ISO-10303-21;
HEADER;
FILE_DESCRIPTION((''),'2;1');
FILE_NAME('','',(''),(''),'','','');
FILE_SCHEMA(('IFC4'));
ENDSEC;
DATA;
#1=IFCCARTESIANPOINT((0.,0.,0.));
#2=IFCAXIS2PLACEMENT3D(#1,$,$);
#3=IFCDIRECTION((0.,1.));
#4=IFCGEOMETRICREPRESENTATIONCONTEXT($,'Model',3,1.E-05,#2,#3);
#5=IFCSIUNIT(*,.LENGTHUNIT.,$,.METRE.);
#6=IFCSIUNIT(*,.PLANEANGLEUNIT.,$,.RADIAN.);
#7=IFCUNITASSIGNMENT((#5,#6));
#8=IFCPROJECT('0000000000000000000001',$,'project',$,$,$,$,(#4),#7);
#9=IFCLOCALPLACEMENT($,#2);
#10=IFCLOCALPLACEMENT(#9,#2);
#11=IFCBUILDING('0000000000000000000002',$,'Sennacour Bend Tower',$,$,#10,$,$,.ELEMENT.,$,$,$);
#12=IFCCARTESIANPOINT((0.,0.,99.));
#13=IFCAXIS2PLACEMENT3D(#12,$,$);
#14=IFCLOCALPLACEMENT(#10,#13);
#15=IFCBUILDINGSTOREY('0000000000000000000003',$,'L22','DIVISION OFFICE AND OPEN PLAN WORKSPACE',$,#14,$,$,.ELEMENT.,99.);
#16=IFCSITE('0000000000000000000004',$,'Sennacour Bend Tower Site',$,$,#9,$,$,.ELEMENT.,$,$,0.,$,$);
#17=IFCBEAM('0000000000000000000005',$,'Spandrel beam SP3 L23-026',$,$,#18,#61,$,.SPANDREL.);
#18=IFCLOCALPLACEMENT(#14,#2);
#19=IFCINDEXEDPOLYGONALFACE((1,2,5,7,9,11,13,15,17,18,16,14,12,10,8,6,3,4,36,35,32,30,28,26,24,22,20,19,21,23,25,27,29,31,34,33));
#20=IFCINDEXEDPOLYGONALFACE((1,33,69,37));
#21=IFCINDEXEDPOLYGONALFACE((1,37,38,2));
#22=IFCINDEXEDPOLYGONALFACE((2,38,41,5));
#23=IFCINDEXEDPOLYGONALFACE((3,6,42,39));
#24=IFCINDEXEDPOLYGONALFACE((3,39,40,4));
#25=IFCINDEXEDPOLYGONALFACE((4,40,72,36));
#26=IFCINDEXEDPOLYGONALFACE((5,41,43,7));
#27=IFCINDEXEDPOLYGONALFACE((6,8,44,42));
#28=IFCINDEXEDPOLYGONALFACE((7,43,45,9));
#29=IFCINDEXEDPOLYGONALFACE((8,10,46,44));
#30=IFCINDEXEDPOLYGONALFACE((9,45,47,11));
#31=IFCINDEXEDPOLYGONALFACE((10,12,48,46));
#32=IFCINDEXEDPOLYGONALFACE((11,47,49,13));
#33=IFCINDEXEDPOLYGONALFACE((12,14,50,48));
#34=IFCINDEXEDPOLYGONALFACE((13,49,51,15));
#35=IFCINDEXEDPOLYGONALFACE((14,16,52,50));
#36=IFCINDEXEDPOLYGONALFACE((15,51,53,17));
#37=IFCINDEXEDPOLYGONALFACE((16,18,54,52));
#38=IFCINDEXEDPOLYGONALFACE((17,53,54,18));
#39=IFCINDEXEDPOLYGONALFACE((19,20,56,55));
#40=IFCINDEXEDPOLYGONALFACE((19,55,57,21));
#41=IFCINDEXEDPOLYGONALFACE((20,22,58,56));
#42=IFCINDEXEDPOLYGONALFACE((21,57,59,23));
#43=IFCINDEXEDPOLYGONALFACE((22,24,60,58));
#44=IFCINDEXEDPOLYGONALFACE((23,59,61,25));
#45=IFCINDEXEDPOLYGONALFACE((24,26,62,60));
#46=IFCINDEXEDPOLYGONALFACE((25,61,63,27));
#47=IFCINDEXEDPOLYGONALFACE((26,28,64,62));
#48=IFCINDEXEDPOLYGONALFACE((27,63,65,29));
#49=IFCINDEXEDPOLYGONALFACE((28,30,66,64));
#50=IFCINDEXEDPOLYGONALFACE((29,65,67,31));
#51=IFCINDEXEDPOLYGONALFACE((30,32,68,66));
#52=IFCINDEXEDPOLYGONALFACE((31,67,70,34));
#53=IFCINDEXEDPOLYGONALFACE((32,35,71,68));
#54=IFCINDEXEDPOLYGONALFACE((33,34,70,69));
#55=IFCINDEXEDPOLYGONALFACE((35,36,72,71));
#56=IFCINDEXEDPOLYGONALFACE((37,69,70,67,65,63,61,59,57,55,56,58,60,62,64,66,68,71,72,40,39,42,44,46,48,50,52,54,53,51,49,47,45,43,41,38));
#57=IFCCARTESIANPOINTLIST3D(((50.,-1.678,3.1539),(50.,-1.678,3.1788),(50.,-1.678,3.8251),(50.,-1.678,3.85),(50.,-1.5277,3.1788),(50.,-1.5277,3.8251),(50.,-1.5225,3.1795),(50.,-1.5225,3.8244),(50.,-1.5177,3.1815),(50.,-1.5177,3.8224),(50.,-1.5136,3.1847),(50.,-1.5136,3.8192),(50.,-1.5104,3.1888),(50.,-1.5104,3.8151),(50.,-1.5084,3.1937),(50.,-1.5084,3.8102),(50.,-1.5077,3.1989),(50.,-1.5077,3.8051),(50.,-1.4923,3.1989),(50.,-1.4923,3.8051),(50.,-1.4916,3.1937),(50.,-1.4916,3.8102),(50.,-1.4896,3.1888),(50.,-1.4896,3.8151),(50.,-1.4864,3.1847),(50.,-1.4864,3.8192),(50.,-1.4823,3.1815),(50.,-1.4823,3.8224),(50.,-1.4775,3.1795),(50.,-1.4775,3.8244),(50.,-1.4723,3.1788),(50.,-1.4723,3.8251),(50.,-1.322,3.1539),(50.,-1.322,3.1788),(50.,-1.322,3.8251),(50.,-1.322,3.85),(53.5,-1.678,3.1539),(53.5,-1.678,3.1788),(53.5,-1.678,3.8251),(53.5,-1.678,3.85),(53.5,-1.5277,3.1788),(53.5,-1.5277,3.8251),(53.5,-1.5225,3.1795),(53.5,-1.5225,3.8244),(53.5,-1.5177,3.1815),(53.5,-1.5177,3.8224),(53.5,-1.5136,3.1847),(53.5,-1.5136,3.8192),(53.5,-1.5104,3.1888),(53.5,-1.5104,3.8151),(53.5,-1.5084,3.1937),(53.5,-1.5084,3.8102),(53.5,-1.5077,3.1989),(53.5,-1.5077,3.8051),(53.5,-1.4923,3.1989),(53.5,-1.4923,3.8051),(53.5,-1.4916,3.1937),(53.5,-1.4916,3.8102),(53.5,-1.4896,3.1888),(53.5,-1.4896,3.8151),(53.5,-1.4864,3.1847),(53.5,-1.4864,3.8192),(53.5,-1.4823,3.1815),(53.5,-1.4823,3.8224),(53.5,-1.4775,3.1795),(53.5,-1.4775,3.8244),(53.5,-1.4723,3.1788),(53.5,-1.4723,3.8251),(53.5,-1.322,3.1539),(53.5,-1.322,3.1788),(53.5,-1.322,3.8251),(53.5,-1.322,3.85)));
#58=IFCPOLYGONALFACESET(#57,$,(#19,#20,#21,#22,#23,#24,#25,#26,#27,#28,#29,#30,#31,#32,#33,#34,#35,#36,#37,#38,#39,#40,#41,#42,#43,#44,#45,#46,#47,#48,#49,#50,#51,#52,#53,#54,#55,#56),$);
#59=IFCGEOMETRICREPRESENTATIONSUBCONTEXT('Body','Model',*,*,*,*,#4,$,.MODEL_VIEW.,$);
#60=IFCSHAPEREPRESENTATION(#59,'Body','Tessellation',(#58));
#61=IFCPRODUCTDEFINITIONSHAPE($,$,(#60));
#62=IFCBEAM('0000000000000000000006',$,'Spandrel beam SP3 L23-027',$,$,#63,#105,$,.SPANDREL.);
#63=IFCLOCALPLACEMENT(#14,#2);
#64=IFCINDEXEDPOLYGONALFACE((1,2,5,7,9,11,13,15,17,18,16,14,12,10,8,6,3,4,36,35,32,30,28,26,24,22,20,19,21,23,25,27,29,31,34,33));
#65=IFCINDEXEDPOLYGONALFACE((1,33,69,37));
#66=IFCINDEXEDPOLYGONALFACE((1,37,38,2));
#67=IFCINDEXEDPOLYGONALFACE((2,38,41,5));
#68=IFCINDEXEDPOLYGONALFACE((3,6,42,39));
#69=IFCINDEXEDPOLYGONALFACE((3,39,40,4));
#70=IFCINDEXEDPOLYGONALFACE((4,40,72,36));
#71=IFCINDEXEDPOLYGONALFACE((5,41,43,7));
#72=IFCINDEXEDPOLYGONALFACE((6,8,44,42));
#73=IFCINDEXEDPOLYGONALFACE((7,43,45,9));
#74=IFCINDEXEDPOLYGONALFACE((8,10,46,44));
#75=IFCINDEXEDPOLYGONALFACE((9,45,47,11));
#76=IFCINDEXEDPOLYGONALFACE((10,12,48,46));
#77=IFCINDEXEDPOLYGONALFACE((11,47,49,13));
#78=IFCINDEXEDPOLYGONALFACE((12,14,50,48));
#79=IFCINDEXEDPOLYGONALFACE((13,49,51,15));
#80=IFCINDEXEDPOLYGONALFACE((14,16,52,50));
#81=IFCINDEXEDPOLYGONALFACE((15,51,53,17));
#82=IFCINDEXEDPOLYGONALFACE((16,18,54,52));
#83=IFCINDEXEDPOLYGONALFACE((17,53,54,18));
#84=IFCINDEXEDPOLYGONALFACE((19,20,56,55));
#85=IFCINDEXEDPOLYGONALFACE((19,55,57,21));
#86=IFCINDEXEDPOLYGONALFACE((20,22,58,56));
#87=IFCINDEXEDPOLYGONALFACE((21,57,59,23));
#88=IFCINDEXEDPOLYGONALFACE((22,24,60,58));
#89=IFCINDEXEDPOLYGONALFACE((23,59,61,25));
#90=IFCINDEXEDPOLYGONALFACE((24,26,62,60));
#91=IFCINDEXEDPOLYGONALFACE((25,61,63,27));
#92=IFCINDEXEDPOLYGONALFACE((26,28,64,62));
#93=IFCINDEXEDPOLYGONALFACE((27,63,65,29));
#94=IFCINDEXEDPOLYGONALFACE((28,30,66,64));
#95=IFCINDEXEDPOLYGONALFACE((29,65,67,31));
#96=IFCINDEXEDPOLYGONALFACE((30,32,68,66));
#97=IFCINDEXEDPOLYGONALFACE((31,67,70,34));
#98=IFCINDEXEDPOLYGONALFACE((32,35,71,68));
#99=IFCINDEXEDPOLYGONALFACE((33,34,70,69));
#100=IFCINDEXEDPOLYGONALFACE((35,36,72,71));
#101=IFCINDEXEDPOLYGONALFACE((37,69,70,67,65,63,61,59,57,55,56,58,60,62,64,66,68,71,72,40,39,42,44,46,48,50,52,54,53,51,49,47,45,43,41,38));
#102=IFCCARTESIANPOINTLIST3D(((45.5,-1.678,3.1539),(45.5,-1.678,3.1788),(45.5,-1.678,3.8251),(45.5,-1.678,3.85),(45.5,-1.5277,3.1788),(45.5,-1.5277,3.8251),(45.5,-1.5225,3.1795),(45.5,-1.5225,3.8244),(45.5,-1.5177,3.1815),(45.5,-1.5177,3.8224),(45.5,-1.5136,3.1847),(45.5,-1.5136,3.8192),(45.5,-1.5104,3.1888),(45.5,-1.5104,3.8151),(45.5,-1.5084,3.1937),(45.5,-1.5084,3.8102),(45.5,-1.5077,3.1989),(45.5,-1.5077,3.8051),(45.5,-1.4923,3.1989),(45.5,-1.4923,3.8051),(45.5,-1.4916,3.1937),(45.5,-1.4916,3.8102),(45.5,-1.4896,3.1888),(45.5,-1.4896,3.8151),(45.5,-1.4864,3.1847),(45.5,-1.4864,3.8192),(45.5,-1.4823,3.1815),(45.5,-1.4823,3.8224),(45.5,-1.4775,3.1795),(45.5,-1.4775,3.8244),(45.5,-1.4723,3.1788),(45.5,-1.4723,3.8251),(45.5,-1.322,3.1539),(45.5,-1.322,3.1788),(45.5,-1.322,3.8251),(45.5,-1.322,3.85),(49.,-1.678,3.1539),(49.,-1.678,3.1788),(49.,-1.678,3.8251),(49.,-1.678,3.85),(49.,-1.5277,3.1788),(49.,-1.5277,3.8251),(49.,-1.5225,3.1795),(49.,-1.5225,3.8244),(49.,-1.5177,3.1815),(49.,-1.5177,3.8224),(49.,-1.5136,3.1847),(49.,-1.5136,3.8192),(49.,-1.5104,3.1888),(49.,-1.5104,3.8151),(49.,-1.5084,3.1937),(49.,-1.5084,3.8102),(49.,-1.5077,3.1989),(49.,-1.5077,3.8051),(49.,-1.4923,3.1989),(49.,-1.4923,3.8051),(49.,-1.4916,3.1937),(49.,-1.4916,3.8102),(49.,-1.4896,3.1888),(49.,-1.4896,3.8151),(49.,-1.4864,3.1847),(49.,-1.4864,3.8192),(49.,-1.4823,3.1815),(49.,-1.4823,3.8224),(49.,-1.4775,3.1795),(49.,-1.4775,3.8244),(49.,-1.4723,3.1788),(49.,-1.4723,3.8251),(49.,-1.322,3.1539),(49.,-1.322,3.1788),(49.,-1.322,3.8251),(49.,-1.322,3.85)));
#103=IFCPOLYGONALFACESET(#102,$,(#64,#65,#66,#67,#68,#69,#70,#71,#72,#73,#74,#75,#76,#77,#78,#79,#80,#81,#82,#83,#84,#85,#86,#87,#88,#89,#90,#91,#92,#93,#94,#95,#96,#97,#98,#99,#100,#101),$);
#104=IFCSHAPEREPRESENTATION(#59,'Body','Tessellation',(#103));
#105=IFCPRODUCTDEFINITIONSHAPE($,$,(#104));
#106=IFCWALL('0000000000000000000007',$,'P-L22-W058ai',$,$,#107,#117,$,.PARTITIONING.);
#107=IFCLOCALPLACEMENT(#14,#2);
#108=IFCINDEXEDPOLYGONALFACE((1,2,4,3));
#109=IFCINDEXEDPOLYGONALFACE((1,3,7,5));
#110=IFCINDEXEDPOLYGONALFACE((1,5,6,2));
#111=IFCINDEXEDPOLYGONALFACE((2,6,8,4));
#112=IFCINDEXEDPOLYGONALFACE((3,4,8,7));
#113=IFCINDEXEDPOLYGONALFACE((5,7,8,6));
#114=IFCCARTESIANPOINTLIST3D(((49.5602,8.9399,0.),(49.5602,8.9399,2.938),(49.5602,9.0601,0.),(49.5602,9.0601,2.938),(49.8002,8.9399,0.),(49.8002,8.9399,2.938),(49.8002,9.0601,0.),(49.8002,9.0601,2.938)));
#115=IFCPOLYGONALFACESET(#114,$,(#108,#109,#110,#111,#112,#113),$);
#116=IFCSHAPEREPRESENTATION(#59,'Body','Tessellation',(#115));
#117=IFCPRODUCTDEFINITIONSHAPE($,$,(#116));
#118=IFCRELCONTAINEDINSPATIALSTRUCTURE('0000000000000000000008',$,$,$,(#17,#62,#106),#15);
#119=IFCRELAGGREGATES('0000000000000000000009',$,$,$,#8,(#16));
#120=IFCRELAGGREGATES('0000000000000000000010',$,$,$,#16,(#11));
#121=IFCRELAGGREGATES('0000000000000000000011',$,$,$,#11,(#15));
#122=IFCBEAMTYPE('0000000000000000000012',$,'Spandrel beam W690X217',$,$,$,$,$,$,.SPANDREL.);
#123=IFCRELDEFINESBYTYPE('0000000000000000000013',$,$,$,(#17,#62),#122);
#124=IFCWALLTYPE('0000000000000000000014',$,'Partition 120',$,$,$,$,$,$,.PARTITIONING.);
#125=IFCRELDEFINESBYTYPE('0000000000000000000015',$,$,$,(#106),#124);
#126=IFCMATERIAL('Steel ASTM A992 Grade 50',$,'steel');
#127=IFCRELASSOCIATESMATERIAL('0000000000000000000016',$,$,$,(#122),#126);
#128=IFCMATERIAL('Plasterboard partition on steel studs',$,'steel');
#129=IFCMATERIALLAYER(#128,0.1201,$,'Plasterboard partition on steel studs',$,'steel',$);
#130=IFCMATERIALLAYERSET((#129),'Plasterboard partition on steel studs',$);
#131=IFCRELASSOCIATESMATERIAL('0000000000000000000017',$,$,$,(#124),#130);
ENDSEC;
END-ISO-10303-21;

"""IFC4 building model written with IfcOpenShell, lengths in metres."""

from ifc_helpers import new_model, si_unit, direction, frame, frame_2d, origin, origin_2d, place, context, subcontext, project, spatial, rectangle, i_section, extrude, material, layer, layer_set, material_profile, profile_set, type_object, element, save


model = new_model("IFC4")

# Units and contexts
model_context = context("Model", 3, precision=1e-05, world=origin(), true_north=direction((0.0, 1.0)))
body_context = subcontext(model_context, "Body", "Model", "MODEL_VIEW")
ifc_project = project(units=[si_unit("LENGTHUNIT", "METRE"), si_unit("PLANEANGLEUNIT", "RADIAN")], contexts=[model_context])

# Site, building, storey
site_placement = place(None, origin())
site = spatial("IfcSite", under=ifc_project, at=site_placement, Name="Sennacour Bend Tower Site", CompositionType="ELEMENT", RefElevation=0.0)
building_placement = place(site_placement, origin())
building = spatial("IfcBuilding", under=site, at=building_placement, Name="Sennacour Bend Tower", CompositionType="ELEMENT")
storey_placement = place(building_placement, frame((0.0, 0.0, 99.0)))
storey = spatial("IfcBuildingStorey", under=building, at=storey_placement, Name="L22", Description="DIVISION OFFICE AND OPEN PLAN WORKSPACE", CompositionType="ELEMENT", Elevation=99.0)

# Beams
ifc_material_1 = material(Name="Steel ASTM A992 Grade 50", Category="steel")
ifc_material_profile_1 = material_profile(ifc_material_1, i_section(OverallWidth=0.356, OverallDepth=0.696, WebThickness=0.0154, FlangeThickness=0.0249, FilletRadius=0.02, at=origin_2d()), Name="Steel ASTM A992 Grade 50", Category="steel")
ifc_profile_set_1 = profile_set([ifc_material_profile_1], Name="Steel ASTM A992 Grade 50")
beam_type_1 = type_object("IfcBeamType", Name="Spandrel beam W690X217", PredefinedType="SPANDREL", material=ifc_profile_set_1)
for number, where, z_axis, x_axis, name in (
    (1, (53.5, -1.5, 3.502), (-1.0, 0.0, 0.0), (0.0, -1.0, 0.0), "Spandrel beam SP3 L23-026"),
    (2, (49.0, -1.5, 3.502), (-1.0, 0.0, 0.0), (0.0, -1.0, 0.0), "Spandrel beam SP3 L23-027"),
):
    element("IfcBeam", number, at=place(storey_placement, frame(where, z_axis=z_axis, x_axis=x_axis)), inside=storey, type_object=beam_type_1, Name=name, PredefinedType="SPANDREL", context=body_context, shape_type="SweptSolid", body=[
        extrude(i_section(OverallWidth=0.356, OverallDepth=0.696, WebThickness=0.0154, FlangeThickness=0.0249, FilletRadius=0.02, at=origin_2d()), origin(), (0.0, 0.0, 1.0), 3.5),
    ])

# Wall
ifc_material_2 = material(Name="Plasterboard partition on steel studs", Category="steel")
ifc_layer_1 = layer(ifc_material_2, 0.1201, Name="Plasterboard partition on steel studs", Category="steel")
ifc_layer_set_1 = layer_set([ifc_layer_1], Name="Plasterboard partition on steel studs")
wall_type_1 = type_object("IfcWallType", Name="Partition 120", PredefinedType="PARTITIONING", material=ifc_layer_set_1)
wall_1_placement = place(storey_placement, frame((49.5601, 9.0, 0.0), z_axis=(0.0, 0.0, 1.0), x_axis=(1.0, 0.0, 0.0)))
element("IfcWall", 3, at=wall_1_placement, inside=storey, type_object=wall_type_1, Name="P-L22-W058ai", PredefinedType="PARTITIONING", context=body_context, shape_type="SweptSolid", body=[
    extrude(rectangle(XDim=0.24, YDim=0.1201, at=frame_2d((0.1201, 0.0))), origin(), (0.0, 0.0, 1.0), 2.938),
])

save(model, "model.ifc")
